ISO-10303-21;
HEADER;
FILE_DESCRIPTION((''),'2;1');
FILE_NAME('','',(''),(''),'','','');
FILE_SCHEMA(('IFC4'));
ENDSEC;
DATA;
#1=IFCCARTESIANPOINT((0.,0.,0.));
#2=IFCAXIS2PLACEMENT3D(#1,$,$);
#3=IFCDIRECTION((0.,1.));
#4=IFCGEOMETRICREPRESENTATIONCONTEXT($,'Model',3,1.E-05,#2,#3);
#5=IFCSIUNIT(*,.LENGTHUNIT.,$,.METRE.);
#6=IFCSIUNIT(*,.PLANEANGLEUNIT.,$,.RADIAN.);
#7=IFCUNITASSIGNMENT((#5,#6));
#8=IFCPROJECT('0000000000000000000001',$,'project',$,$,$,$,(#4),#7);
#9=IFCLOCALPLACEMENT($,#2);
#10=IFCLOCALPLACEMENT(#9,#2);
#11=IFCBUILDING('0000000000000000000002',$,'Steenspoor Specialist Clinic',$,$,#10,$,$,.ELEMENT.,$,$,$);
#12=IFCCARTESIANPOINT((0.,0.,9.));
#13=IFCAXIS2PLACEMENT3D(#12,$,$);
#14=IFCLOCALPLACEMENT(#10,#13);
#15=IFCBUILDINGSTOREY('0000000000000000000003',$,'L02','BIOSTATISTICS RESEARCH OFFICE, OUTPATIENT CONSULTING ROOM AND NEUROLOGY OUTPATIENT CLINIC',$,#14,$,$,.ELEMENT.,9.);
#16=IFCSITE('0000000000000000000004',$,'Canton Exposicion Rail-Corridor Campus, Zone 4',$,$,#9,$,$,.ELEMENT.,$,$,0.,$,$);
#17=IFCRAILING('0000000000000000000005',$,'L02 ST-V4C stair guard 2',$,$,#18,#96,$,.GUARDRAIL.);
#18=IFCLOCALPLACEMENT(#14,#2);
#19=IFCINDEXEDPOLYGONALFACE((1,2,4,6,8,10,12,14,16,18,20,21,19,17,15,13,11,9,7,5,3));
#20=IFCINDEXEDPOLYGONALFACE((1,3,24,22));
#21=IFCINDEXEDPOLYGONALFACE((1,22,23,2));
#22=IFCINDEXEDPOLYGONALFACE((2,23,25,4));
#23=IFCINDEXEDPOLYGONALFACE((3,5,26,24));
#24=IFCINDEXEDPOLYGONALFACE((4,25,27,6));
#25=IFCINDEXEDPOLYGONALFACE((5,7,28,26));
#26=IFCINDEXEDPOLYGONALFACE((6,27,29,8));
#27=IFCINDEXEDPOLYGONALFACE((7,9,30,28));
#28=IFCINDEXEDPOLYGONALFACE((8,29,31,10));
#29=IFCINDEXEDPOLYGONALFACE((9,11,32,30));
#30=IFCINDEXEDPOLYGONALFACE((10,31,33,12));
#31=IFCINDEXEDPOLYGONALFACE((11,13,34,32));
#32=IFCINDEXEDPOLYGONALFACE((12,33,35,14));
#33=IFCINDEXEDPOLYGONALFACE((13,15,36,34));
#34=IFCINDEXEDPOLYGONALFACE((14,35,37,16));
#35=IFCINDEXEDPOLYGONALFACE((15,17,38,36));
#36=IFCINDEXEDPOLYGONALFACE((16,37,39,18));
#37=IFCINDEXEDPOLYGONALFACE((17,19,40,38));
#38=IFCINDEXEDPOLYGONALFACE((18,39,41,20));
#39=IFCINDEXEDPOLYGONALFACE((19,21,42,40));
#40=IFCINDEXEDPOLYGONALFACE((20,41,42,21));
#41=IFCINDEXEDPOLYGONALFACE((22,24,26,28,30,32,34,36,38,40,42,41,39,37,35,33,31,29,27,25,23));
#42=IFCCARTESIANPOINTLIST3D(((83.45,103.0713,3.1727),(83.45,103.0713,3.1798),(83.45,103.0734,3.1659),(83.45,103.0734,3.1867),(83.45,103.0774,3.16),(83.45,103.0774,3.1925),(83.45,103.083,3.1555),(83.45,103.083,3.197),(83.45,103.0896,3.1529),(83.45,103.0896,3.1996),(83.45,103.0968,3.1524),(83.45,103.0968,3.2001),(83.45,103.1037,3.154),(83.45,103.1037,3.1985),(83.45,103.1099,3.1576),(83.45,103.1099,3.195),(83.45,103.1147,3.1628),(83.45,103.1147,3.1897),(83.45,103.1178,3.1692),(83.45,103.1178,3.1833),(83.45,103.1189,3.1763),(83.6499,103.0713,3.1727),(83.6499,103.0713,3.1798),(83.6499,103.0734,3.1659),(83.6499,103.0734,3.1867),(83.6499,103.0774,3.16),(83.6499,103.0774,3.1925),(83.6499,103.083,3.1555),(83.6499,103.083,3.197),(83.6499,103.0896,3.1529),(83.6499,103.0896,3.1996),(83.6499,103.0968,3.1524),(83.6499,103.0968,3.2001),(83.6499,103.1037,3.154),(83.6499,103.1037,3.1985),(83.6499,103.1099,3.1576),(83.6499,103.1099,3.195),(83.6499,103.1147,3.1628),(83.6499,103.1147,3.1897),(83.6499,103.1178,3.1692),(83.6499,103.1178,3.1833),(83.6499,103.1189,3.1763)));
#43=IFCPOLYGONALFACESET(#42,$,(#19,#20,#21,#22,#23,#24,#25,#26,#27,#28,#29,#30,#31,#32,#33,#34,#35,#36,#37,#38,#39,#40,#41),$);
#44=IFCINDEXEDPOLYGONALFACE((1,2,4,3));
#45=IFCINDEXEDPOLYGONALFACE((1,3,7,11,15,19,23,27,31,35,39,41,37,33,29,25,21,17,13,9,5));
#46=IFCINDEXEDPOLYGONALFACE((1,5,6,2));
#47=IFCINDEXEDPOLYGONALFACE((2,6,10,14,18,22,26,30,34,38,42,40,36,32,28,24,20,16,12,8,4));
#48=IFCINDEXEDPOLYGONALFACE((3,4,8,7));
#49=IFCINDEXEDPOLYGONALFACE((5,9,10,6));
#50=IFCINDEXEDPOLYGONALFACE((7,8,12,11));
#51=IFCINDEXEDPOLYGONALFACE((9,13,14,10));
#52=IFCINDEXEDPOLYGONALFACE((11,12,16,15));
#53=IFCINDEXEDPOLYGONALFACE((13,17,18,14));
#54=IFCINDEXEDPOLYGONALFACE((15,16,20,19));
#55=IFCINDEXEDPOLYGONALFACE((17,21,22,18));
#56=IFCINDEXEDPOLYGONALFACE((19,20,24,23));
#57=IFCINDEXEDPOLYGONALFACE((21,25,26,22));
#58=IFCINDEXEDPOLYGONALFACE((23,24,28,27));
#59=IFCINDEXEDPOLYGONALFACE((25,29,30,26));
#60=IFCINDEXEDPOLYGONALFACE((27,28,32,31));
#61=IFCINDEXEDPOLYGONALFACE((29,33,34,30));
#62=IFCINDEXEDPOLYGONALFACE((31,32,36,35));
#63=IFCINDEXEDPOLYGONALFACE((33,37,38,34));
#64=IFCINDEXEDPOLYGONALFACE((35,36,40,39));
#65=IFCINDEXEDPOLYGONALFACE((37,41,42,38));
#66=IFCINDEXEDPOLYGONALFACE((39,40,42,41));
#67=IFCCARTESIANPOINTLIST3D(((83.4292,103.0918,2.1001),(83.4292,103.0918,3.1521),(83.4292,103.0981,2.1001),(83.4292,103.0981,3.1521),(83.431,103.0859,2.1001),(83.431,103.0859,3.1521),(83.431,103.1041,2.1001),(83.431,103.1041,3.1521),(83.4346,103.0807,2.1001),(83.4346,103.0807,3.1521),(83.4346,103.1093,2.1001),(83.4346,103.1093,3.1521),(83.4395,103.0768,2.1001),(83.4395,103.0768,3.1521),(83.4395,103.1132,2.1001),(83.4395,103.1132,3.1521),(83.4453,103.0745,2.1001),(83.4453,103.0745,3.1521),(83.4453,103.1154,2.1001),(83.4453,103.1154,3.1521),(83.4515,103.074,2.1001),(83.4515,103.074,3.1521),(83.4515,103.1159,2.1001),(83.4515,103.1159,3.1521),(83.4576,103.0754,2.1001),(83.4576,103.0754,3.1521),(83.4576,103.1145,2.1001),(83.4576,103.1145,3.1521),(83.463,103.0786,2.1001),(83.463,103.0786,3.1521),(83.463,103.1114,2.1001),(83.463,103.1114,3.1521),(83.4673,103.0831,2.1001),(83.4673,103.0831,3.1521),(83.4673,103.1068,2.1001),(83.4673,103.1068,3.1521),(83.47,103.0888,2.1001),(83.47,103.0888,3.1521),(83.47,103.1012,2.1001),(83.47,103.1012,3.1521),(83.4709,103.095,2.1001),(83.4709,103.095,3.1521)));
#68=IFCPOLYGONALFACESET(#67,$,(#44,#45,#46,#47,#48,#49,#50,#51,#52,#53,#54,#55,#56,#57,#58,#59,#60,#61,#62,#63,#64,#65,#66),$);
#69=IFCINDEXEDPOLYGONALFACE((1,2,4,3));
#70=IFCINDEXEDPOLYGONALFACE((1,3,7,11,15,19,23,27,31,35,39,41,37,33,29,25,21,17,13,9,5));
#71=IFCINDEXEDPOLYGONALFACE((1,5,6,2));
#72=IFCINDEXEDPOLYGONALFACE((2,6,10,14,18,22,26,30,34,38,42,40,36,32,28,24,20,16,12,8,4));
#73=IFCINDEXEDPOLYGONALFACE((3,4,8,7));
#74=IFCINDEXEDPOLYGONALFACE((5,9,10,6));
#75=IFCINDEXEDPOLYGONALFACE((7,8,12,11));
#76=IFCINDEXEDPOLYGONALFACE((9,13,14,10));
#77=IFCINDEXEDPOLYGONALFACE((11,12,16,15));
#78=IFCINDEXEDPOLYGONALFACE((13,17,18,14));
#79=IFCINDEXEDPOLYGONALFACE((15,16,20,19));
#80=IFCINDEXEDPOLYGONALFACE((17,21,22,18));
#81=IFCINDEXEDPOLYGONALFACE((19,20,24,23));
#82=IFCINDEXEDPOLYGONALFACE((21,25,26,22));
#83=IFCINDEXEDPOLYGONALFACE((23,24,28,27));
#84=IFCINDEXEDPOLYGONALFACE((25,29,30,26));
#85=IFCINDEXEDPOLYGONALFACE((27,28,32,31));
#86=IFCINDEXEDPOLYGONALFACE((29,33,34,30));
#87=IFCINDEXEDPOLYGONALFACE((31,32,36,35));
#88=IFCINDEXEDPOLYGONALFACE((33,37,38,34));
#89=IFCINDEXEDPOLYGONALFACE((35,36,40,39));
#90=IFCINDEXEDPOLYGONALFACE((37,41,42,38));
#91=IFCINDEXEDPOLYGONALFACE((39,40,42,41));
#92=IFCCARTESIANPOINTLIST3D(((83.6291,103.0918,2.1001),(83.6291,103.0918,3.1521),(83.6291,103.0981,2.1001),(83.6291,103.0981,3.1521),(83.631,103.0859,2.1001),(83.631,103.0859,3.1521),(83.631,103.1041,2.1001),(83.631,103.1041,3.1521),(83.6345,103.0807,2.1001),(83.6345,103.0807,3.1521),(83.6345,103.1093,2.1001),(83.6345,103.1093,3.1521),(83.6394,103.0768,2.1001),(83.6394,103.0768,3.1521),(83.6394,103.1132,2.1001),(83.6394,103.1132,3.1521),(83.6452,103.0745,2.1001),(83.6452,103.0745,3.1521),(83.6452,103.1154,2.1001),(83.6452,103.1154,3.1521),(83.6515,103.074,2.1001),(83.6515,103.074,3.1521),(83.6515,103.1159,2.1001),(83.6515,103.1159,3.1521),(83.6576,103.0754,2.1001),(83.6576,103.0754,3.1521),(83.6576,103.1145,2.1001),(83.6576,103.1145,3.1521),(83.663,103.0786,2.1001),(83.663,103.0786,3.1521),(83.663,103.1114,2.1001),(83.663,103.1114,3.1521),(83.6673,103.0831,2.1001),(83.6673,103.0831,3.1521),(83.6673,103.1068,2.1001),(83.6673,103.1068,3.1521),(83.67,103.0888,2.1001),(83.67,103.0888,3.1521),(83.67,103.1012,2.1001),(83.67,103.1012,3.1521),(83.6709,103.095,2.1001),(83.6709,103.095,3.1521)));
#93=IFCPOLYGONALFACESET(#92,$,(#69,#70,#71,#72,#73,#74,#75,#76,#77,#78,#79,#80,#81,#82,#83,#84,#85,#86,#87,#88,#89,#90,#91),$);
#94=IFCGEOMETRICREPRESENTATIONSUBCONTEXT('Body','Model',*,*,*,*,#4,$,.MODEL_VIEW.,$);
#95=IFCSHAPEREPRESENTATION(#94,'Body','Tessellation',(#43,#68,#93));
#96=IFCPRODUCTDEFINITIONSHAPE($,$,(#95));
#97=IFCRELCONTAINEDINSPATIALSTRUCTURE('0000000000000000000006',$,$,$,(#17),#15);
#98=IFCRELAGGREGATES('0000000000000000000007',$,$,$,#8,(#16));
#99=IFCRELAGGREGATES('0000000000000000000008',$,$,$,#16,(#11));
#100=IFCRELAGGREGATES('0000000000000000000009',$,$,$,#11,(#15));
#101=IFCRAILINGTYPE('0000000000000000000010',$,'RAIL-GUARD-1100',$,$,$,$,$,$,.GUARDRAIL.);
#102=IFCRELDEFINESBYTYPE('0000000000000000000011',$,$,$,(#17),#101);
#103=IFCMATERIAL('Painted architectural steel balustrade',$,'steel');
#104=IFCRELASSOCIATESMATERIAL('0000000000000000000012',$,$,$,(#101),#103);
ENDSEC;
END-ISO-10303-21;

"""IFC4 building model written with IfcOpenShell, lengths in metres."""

from ifc_helpers import new_model, si_unit, direction, frame, origin, origin_2d, place, context, subcontext, project, spatial, circle, extrude, material, type_object, element, save


model = new_model("IFC4")

# Units and contexts
model_context = context("Model", 3, precision=1e-05, world=origin(), true_north=direction((0.0, 1.0)))
body_context = subcontext(model_context, "Body", "Model", "MODEL_VIEW")
ifc_project = project(units=[si_unit("LENGTHUNIT", "METRE"), si_unit("PLANEANGLEUNIT", "RADIAN")], contexts=[model_context])

# Site, building, storey
site_placement = place(None, origin())
site = spatial("IfcSite", under=ifc_project, at=site_placement, Name="Canton Exposicion Rail-Corridor Campus, Zone 4", CompositionType="ELEMENT", RefElevation=0.0)
building_placement = place(site_placement, origin())
building = spatial("IfcBuilding", under=site, at=building_placement, Name="Steenspoor Specialist Clinic", CompositionType="ELEMENT")
storey_placement = place(building_placement, frame((0.0, 0.0, 9.0)))
storey = spatial("IfcBuildingStorey", under=building, at=storey_placement, Name="L02", Description="BIOSTATISTICS RESEARCH OFFICE, OUTPATIENT CONSULTING ROOM AND NEUROLOGY OUTPATIENT CLINIC", CompositionType="ELEMENT", Elevation=9.0)

# Railing
ifc_material_1 = material(Name="Painted architectural steel balustrade", Category="steel")
railing_type_1 = type_object("IfcRailingType", Name="RAIL-GUARD-1100", PredefinedType="GUARDRAIL", material=ifc_material_1)
railing_1_placement = place(storey_placement, frame((83.45, 103.095, 2.1001)))
element("IfcRailing", 1, at=railing_1_placement, inside=storey, type_object=railing_type_1, Name="L02 ST-V4C stair guard 2", PredefinedType="GUARDRAIL", context=body_context, shape_type="SweptSolid", body=[
    extrude(circle(Radius=0.0239, at=origin_2d()), frame((0.0, 0.0, 1.0762), z_axis=(1.0, 0.0, 0.0), x_axis=(0.0, 1.0, 0.0)), (0.0, 0.0, 1.0), 0.2),
    extrude(circle(Radius=0.021, at=origin_2d()), origin(), (0.0, 0.0, 1.0), 1.052),
    extrude(circle(Radius=0.021, at=origin_2d()), frame((0.2, 0.0, 0.0)), (0.0, 0.0, 1.0), 1.052),
])

save(model, "model.ifc")
